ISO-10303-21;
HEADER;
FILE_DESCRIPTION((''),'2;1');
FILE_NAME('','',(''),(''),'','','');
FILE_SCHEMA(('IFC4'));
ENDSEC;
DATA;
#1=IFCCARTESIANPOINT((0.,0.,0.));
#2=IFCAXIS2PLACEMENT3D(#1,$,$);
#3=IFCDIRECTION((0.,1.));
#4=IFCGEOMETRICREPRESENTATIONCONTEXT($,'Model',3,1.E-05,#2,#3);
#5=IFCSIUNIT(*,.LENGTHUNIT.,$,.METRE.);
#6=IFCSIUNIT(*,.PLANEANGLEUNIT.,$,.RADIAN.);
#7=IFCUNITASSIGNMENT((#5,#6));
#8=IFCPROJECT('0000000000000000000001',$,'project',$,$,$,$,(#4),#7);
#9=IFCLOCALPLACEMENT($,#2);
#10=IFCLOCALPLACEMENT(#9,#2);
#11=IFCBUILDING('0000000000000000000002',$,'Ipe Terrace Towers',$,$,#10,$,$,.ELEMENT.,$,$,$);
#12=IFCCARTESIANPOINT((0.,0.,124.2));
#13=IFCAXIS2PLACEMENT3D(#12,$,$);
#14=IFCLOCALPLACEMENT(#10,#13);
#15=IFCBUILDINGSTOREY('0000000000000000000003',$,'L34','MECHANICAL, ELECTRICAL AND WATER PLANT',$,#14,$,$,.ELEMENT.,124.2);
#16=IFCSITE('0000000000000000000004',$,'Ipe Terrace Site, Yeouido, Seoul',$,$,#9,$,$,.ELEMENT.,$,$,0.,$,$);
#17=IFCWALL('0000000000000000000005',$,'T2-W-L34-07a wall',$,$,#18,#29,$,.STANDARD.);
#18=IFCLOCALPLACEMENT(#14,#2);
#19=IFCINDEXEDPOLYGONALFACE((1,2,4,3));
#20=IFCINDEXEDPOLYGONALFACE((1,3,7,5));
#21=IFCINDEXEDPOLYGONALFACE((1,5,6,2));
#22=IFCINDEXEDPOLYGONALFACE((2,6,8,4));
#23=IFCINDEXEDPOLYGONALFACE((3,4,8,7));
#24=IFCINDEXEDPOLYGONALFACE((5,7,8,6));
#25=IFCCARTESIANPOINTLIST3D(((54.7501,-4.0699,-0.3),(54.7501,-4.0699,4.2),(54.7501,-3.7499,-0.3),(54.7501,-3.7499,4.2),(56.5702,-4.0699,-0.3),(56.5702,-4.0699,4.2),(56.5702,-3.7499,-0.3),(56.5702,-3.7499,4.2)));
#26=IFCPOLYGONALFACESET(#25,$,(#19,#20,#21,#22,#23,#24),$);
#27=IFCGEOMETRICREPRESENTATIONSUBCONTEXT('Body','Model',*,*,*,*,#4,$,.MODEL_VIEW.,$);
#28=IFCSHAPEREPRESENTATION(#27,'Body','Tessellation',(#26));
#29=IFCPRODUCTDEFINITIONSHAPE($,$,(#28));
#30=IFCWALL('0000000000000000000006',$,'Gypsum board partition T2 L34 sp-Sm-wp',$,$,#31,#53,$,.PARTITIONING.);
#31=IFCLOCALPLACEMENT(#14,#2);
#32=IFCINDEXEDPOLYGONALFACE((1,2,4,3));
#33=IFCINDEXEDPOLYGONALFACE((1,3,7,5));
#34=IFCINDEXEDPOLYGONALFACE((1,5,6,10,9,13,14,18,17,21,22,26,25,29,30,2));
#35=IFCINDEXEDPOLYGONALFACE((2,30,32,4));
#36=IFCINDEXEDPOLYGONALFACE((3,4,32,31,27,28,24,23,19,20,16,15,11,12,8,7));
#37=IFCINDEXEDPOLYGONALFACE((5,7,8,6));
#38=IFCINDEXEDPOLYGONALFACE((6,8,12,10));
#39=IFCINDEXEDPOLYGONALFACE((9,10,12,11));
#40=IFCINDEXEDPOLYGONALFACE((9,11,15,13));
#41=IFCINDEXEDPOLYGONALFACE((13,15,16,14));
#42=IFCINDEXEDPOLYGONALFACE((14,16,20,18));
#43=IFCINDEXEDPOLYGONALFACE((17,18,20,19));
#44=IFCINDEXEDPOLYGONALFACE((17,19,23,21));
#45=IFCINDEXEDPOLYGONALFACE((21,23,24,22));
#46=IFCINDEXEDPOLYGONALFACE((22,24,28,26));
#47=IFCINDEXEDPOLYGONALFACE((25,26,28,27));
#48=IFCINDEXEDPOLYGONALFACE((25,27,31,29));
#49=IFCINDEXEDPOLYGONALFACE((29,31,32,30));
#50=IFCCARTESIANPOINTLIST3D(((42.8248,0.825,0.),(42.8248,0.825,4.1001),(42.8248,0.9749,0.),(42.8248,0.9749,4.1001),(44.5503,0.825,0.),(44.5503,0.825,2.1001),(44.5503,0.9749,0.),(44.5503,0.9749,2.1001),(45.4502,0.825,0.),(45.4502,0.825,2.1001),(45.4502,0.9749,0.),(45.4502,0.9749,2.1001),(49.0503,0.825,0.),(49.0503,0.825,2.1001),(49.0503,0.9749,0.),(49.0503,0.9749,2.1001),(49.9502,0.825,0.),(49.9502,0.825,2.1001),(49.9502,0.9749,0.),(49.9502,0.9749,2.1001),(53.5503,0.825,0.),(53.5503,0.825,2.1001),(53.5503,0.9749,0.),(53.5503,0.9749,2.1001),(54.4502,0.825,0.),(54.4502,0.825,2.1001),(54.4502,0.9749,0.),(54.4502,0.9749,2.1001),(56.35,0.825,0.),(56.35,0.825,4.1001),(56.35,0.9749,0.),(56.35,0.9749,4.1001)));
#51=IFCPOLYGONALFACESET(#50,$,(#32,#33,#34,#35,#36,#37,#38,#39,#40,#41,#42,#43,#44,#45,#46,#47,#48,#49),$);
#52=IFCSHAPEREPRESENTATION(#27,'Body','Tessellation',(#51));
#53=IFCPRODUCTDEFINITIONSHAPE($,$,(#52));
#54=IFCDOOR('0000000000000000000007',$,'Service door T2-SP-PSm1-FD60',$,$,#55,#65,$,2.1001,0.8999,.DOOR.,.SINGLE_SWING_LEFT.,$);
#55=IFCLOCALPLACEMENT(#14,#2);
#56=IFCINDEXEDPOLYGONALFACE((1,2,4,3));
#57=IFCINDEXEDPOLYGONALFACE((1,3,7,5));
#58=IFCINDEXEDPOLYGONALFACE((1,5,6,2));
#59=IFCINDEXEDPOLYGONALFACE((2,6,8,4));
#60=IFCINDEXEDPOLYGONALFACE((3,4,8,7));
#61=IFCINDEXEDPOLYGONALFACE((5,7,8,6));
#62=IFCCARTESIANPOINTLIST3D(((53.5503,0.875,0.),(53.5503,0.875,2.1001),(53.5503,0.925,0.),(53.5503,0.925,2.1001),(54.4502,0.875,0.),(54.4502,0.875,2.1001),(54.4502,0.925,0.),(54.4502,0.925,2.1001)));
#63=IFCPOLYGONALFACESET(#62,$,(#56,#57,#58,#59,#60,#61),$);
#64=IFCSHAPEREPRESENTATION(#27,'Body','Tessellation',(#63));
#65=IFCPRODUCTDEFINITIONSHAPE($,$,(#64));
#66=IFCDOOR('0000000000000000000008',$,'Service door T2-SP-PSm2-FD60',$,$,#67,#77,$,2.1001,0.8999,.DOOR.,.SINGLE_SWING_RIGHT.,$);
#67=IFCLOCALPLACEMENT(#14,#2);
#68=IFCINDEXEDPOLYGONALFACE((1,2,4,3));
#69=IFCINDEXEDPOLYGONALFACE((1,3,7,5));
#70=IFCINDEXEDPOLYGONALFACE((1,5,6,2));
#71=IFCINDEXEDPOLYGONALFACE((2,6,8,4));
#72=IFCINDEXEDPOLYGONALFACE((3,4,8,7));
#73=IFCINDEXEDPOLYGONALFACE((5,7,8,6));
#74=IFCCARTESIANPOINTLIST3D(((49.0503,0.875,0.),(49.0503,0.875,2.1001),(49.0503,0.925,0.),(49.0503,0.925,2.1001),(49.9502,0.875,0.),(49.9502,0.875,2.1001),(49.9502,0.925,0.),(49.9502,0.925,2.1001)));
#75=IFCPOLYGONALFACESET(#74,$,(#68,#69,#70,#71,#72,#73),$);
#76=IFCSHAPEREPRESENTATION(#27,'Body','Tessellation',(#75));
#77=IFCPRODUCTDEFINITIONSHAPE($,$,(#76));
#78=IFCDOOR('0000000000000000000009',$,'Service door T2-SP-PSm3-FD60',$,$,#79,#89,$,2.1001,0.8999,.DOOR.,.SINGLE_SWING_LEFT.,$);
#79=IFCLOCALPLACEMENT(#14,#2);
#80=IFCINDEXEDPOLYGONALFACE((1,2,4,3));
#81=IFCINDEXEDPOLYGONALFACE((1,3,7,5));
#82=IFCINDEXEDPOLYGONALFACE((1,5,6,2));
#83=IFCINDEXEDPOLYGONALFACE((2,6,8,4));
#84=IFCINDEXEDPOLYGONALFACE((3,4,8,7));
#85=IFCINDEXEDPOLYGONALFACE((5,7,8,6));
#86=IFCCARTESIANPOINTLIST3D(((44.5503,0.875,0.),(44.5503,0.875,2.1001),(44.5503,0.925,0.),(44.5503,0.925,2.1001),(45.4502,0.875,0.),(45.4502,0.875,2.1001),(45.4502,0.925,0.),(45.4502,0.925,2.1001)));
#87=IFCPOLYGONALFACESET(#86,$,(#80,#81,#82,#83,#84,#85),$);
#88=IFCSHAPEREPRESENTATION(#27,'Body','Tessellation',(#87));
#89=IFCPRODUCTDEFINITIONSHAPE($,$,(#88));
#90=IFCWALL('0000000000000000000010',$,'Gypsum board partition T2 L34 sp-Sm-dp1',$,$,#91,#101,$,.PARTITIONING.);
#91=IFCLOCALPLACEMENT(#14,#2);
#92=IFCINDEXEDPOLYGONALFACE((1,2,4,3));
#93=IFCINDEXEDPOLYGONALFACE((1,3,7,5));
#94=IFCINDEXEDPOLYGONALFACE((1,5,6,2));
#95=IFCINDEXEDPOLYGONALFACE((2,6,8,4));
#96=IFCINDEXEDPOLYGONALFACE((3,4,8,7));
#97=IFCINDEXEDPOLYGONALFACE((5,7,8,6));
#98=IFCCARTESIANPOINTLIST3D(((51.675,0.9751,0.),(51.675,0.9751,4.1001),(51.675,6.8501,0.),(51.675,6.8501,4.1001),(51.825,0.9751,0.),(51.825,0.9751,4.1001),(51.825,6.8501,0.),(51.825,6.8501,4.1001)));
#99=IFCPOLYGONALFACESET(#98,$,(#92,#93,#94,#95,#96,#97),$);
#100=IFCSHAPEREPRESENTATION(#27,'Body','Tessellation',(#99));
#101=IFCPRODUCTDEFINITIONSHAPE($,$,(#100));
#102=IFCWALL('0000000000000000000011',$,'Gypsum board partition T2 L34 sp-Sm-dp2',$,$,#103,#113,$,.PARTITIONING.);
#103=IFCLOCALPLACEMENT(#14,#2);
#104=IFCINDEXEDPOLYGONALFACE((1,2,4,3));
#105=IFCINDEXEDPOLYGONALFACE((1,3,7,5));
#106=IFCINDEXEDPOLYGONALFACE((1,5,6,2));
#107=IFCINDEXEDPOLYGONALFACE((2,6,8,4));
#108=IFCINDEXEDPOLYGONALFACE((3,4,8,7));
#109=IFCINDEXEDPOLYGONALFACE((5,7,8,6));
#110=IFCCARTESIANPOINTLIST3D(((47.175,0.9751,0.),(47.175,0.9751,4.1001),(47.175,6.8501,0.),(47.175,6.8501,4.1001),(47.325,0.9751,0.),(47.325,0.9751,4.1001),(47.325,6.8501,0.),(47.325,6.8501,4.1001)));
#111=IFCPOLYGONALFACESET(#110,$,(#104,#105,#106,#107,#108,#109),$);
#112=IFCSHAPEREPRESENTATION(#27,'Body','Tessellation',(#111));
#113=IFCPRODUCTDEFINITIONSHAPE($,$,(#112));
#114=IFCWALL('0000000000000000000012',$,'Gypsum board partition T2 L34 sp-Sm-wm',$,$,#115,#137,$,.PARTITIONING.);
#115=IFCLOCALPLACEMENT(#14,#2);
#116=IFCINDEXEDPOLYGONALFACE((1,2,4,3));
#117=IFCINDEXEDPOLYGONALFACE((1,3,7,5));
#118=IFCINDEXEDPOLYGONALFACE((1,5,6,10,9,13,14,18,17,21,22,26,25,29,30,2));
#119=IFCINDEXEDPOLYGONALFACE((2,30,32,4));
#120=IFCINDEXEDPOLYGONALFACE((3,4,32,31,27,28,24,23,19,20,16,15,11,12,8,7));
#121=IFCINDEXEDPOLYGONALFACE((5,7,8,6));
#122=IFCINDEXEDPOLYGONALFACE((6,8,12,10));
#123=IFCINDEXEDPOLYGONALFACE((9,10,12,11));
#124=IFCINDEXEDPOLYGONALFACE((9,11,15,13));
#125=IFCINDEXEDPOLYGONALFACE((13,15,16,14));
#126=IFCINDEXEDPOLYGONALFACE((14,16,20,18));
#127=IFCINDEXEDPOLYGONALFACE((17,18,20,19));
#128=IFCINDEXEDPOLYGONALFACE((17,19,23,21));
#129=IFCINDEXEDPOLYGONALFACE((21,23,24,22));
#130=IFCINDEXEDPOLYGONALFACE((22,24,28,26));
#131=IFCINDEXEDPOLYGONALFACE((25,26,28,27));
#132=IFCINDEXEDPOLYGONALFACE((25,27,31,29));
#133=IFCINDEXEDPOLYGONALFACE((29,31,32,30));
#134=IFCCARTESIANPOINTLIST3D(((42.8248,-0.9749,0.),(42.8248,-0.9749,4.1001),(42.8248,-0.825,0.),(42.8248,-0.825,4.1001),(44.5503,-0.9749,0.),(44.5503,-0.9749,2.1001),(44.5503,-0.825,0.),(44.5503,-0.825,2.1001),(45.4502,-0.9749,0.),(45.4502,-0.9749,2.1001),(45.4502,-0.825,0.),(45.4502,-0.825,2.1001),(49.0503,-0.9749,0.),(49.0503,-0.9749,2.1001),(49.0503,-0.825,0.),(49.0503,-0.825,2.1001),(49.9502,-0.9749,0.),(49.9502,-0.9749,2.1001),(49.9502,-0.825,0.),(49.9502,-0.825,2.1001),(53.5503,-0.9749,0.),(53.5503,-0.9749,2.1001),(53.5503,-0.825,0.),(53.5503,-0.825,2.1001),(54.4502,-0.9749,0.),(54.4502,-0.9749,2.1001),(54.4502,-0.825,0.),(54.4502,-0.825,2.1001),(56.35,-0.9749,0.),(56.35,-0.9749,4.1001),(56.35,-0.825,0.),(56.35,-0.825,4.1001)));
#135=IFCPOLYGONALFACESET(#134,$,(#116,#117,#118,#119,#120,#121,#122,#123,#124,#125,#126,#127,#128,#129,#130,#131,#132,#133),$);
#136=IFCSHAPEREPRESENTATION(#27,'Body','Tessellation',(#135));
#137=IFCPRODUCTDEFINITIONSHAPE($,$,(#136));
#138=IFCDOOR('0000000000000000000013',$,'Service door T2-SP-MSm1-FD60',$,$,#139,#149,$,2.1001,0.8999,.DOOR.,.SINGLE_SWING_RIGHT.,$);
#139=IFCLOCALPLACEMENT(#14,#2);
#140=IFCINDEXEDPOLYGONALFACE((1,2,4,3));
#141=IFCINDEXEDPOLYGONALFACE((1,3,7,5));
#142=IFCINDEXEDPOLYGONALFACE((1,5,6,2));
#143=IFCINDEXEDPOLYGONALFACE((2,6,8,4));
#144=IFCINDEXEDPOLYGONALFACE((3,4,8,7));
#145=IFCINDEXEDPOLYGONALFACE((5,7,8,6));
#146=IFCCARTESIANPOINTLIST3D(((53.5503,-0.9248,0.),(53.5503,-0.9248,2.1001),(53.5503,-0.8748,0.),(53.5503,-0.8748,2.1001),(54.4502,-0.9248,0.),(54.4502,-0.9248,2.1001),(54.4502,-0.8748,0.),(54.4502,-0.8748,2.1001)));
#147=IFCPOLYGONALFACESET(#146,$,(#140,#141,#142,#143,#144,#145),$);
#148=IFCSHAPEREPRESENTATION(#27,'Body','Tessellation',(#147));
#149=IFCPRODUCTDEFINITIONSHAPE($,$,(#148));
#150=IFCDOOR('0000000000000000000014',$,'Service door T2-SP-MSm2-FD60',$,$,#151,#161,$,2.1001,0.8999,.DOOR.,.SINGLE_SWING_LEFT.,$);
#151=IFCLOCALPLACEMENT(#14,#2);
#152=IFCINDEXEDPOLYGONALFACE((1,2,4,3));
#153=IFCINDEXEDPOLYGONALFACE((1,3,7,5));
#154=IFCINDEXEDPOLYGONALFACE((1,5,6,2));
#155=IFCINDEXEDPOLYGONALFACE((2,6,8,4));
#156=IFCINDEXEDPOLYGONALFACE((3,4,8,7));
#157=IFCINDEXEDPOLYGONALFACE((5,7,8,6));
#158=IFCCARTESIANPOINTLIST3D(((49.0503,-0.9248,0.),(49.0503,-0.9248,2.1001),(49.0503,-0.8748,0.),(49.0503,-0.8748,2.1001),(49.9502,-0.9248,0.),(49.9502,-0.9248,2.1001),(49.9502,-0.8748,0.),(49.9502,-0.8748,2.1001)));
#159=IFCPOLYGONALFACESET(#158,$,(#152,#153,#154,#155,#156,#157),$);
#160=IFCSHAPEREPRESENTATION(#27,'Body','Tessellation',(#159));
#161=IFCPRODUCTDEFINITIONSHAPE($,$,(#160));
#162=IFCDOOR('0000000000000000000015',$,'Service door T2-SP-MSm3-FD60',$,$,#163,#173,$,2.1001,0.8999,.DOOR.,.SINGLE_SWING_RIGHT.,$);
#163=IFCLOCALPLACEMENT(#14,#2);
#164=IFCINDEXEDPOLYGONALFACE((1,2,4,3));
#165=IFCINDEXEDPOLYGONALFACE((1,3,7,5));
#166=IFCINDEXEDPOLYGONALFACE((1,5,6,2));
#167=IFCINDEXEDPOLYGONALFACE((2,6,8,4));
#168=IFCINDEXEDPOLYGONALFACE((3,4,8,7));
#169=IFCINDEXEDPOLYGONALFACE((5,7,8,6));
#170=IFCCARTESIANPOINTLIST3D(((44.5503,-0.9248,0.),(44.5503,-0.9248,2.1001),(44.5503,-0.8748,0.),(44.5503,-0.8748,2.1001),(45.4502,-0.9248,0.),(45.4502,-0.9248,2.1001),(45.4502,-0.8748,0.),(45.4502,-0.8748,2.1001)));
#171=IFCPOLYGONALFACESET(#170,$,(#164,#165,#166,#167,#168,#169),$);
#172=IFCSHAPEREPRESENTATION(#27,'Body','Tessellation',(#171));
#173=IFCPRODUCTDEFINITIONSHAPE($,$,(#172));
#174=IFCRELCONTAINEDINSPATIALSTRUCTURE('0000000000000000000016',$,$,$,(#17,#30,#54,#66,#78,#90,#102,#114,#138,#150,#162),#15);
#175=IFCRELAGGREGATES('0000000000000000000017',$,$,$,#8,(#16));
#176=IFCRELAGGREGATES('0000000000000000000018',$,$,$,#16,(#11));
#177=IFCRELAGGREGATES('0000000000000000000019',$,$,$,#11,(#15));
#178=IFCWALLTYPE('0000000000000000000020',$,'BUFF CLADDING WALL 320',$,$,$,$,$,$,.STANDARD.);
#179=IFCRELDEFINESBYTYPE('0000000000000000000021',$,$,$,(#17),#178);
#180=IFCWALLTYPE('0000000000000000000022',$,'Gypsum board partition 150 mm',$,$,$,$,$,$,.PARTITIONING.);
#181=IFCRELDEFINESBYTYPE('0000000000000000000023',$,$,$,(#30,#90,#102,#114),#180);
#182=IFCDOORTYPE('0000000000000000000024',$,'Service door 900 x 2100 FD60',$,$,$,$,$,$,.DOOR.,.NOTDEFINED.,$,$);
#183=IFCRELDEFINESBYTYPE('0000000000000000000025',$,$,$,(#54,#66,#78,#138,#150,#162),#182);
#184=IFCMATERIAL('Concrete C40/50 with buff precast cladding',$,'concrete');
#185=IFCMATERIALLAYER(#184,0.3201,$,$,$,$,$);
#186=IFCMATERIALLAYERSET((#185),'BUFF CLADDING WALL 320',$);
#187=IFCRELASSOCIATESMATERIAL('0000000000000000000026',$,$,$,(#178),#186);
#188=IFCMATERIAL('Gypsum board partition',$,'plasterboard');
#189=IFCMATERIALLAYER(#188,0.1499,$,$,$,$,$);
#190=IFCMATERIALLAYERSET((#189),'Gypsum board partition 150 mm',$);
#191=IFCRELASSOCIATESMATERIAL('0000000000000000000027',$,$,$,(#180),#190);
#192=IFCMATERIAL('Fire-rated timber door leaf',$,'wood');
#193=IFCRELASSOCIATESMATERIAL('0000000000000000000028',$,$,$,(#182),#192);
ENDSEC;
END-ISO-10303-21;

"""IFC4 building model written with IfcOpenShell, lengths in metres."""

from ifc_helpers import new_model, si_unit, direction, frame, frame_2d, origin, place, context, subcontext, project, spatial, rectangle, extrude, material, layer, layer_set, type_object, element, fill, save


model = new_model("IFC4")

# Units and contexts
model_context = context("Model", 3, precision=1e-05, world=origin(), true_north=direction((0.0, 1.0)))
body_context = subcontext(model_context, "Body", "Model", "MODEL_VIEW")
ifc_project = project(units=[si_unit("LENGTHUNIT", "METRE"), si_unit("PLANEANGLEUNIT", "RADIAN")], contexts=[model_context])

# Site, building, storey
site_placement = place(None, origin())
site = spatial("IfcSite", under=ifc_project, at=site_placement, Name="Ipe Terrace Site, Yeouido, Seoul", CompositionType="ELEMENT", RefElevation=0.0)
building_placement = place(site_placement, origin())
building = spatial("IfcBuilding", under=site, at=building_placement, Name="Ipe Terrace Towers", CompositionType="ELEMENT")
storey_placement = place(building_placement, frame((0.0, 0.0, 124.2)))
storey = spatial("IfcBuildingStorey", under=building, at=storey_placement, Name="L34", Description="MECHANICAL, ELECTRICAL AND WATER PLANT", CompositionType="ELEMENT", Elevation=124.2)

# Wall
ifc_material_1 = material(Name="Concrete C40/50 with buff precast cladding", Category="concrete")
ifc_layer_1 = layer(ifc_material_1, 0.3201)
ifc_layer_set_1 = layer_set([ifc_layer_1], Name="BUFF CLADDING WALL 320")
wall_type_1 = type_object("IfcWallType", Name="BUFF CLADDING WALL 320", PredefinedType="STANDARD", material=ifc_layer_set_1)
wall_1_placement = place(storey_placement, frame((54.75, -3.9099, -0.3), z_axis=(0.0, 0.0, 1.0), x_axis=(1.0, 0.0, 0.0)))
element("IfcWall", 1, at=wall_1_placement, inside=storey, type_object=wall_type_1, Name="T2-W-L34-07a wall", PredefinedType="STANDARD", context=body_context, shape_type="SweptSolid", body=[
    extrude(rectangle(XDim=1.8201, YDim=0.3201, at=frame_2d((0.9102, 0.0))), origin(), (0.0, 0.0, 1.0), 4.5),
])

# Wall, openings, doors
ifc_material_2 = material(Name="Gypsum board partition", Category="plasterboard")
ifc_layer_2 = layer(ifc_material_2, 0.1499)
ifc_layer_set_2 = layer_set([ifc_layer_2], Name="Gypsum board partition 150 mm")
wall_type_2 = type_object("IfcWallType", Name="Gypsum board partition 150 mm", PredefinedType="PARTITIONING", material=ifc_layer_set_2)
wall_2_placement = place(storey_placement, frame((56.3501, 0.8999, 0.0), z_axis=(0.0, 0.0, 1.0), x_axis=(-1.0, 0.0, 0.0)))
wall_2 = element("IfcWall", 2, at=wall_2_placement, inside=storey, type_object=wall_type_2, Name="Gypsum board partition T2 L34 sp-Sm-wp", PredefinedType="PARTITIONING", context=body_context, shape_type="SweptSolid", body=[
    extrude(rectangle(XDim=13.5251, YDim=0.1499, at=frame_2d((6.7627, 0.0))), origin(), (0.0, 0.0, 1.0), 4.1001),
])
opening_1_placement = place(wall_2_placement, frame((1.8999, 0.0, 0.0)))
opening_1 = element("IfcOpeningElement", 3, at=opening_1_placement, cuts=wall_2, PredefinedType="OPENING", context=body_context, shape_type="SweptSolid", body=[
    extrude(rectangle(XDim=0.8999, YDim=2.1001, at=frame_2d((0.45, 1.05))), frame((0.0, 0.085, 0.0), z_axis=(0.0, -1.0, 0.0), x_axis=(1.0, 0.0, 0.0)), (0.0, 0.0, 1.0), 0.1699),
])
opening_2_placement = place(wall_2_placement, frame((6.3999, 0.0, 0.0)))
opening_2 = element("IfcOpeningElement", 4, at=opening_2_placement, cuts=wall_2, PredefinedType="OPENING", context=body_context, shape_type="SweptSolid", body=[
    extrude(rectangle(XDim=0.8999, YDim=2.1001, at=frame_2d((0.45, 1.05))), frame((0.0, 0.085, 0.0), z_axis=(0.0, -1.0, 0.0), x_axis=(1.0, 0.0, 0.0)), (0.0, 0.0, 1.0), 0.1699),
])
opening_3_placement = place(wall_2_placement, frame((10.8999, 0.0, 0.0)))
opening_3 = element("IfcOpeningElement", 5, at=opening_3_placement, cuts=wall_2, PredefinedType="OPENING", context=body_context, shape_type="SweptSolid", body=[
    extrude(rectangle(XDim=0.8999, YDim=2.1001, at=frame_2d((0.45, 1.05))), frame((0.0, 0.085, 0.0), z_axis=(0.0, -1.0, 0.0), x_axis=(1.0, 0.0, 0.0)), (0.0, 0.0, 1.0), 0.1699),
])
ifc_material_3 = material(Name="Fire-rated timber door leaf", Category="wood")
door_type = type_object("IfcDoorType", Name="Service door 900 x 2100 FD60", OperationType="NOTDEFINED", PredefinedType="DOOR", material=ifc_material_3)
door_1_placement = place(opening_1_placement, origin())
door_1 = element("IfcDoor", 6, at=door_1_placement, inside=storey, type_object=door_type, Name="Service door T2-SP-PSm1-FD60", OperationType="SINGLE_SWING_LEFT", OverallHeight=2.1001, OverallWidth=0.8999, PredefinedType="DOOR", context=body_context, shape_type="SweptSolid", body=[
    extrude(rectangle(XDim=0.8999, YDim=2.1001, at=frame_2d((0.45, 1.05))), frame((0.0, 0.0249, 0.0), z_axis=(0.0, -1.0, 0.0), x_axis=(1.0, 0.0, 0.0)), (0.0, 0.0, 1.0), 0.05),
])
fill(opening_1, door_1)
door_2_placement = place(opening_2_placement, origin())
door_2 = element("IfcDoor", 7, at=door_2_placement, inside=storey, type_object=door_type, Name="Service door T2-SP-PSm2-FD60", OperationType="SINGLE_SWING_RIGHT", OverallHeight=2.1001, OverallWidth=0.8999, PredefinedType="DOOR", context=body_context, shape_type="SweptSolid", body=[
    extrude(rectangle(XDim=0.8999, YDim=2.1001, at=frame_2d((0.45, 1.05))), frame((0.0, 0.0249, 0.0), z_axis=(0.0, -1.0, 0.0), x_axis=(1.0, 0.0, 0.0)), (0.0, 0.0, 1.0), 0.05),
])
fill(opening_2, door_2)
door_3_placement = place(opening_3_placement, origin())
door_3 = element("IfcDoor", 8, at=door_3_placement, inside=storey, type_object=door_type, Name="Service door T2-SP-PSm3-FD60", OperationType="SINGLE_SWING_LEFT", OverallHeight=2.1001, OverallWidth=0.8999, PredefinedType="DOOR", context=body_context, shape_type="SweptSolid", body=[
    extrude(rectangle(XDim=0.8999, YDim=2.1001, at=frame_2d((0.45, 1.05))), frame((0.0, 0.0249, 0.0), z_axis=(0.0, -1.0, 0.0), x_axis=(1.0, 0.0, 0.0)), (0.0, 0.0, 1.0), 0.05),
])
fill(opening_3, door_3)

# Walls
for number, where, z_axis, x_axis, name in (
    (9, (51.75, 0.9751, 0.0), (0.0, 0.0, 1.0), (0.0, 1.0, 0.0), "Gypsum board partition T2 L34 sp-Sm-dp1"),
    (10, (47.25, 0.9751, 0.0), (0.0, 0.0, 1.0), (0.0, 1.0, 0.0), "Gypsum board partition T2 L34 sp-Sm-dp2"),
):
    element("IfcWall", number, at=place(storey_placement, frame(where, z_axis=z_axis, x_axis=x_axis)), inside=storey, type_object=wall_type_2, Name=name, PredefinedType="PARTITIONING", context=body_context, shape_type="SweptSolid", body=[
        extrude(rectangle(XDim=5.875, YDim=0.1499, at=frame_2d((2.9375, 0.0))), origin(), (0.0, 0.0, 1.0), 4.1001),
    ])

# Wall, openings, doors
wall_3_placement = place(storey_placement, frame((56.3501, -0.8999, 0.0), z_axis=(0.0, 0.0, 1.0), x_axis=(-1.0, 0.0, 0.0)))
wall_3 = element("IfcWall", 11, at=wall_3_placement, inside=storey, type_object=wall_type_2, Name="Gypsum board partition T2 L34 sp-Sm-wm", PredefinedType="PARTITIONING", context=body_context, shape_type="SweptSolid", body=[
    extrude(rectangle(XDim=13.5251, YDim=0.1499, at=frame_2d((6.7627, 0.0))), origin(), (0.0, 0.0, 1.0), 4.1001),
])
opening_4_placement = place(wall_3_placement, frame((1.8999, 0.0, 0.0)))
opening_4 = element("IfcOpeningElement", 12, at=opening_4_placement, cuts=wall_3, PredefinedType="OPENING", context=body_context, shape_type="SweptSolid", body=[
    extrude(rectangle(XDim=0.8999, YDim=2.1001, at=frame_2d((0.45, 1.05))), frame((0.0, 0.085, 0.0), z_axis=(0.0, -1.0, 0.0), x_axis=(1.0, 0.0, 0.0)), (0.0, 0.0, 1.0), 0.1699),
])
opening_5_placement = place(wall_3_placement, frame((6.3999, 0.0, 0.0)))
opening_5 = element("IfcOpeningElement", 13, at=opening_5_placement, cuts=wall_3, PredefinedType="OPENING", context=body_context, shape_type="SweptSolid", body=[
    extrude(rectangle(XDim=0.8999, YDim=2.1001, at=frame_2d((0.45, 1.05))), frame((0.0, 0.085, 0.0), z_axis=(0.0, -1.0, 0.0), x_axis=(1.0, 0.0, 0.0)), (0.0, 0.0, 1.0), 0.1699),
])
opening_6_placement = place(wall_3_placement, frame((10.8999, 0.0, 0.0)))
opening_6 = element("IfcOpeningElement", 14, at=opening_6_placement, cuts=wall_3, PredefinedType="OPENING", context=body_context, shape_type="SweptSolid", body=[
    extrude(rectangle(XDim=0.8999, YDim=2.1001, at=frame_2d((0.45, 1.05))), frame((0.0, 0.085, 0.0), z_axis=(0.0, -1.0, 0.0), x_axis=(1.0, 0.0, 0.0)), (0.0, 0.0, 1.0), 0.1699),
])
door_4_placement = place(opening_4_placement, origin())
door_4 = element("IfcDoor", 15, at=door_4_placement, inside=storey, type_object=door_type, Name="Service door T2-SP-MSm1-FD60", OperationType="SINGLE_SWING_RIGHT", OverallHeight=2.1001, OverallWidth=0.8999, PredefinedType="DOOR", context=body_context, shape_type="SweptSolid", body=[
    extrude(rectangle(XDim=0.8999, YDim=2.1001, at=frame_2d((0.45, 1.05))), frame((0.0, 0.0249, 0.0), z_axis=(0.0, -1.0, 0.0), x_axis=(1.0, 0.0, 0.0)), (0.0, 0.0, 1.0), 0.05),
])
fill(opening_4, door_4)
door_5_placement = place(opening_5_placement, origin())
door_5 = element("IfcDoor", 16, at=door_5_placement, inside=storey, type_object=door_type, Name="Service door T2-SP-MSm2-FD60", OperationType="SINGLE_SWING_LEFT", OverallHeight=2.1001, OverallWidth=0.8999, PredefinedType="DOOR", context=body_context, shape_type="SweptSolid", body=[
    extrude(rectangle(XDim=0.8999, YDim=2.1001, at=frame_2d((0.45, 1.05))), frame((0.0, 0.0249, 0.0), z_axis=(0.0, -1.0, 0.0), x_axis=(1.0, 0.0, 0.0)), (0.0, 0.0, 1.0), 0.05),
])
fill(opening_5, door_5)
door_6_placement = place(opening_6_placement, origin())
door_6 = element("IfcDoor", 17, at=door_6_placement, inside=storey, type_object=door_type, Name="Service door T2-SP-MSm3-FD60", OperationType="SINGLE_SWING_RIGHT", OverallHeight=2.1001, OverallWidth=0.8999, PredefinedType="DOOR", context=body_context, shape_type="SweptSolid", body=[
    extrude(rectangle(XDim=0.8999, YDim=2.1001, at=frame_2d((0.45, 1.05))), frame((0.0, 0.0249, 0.0), z_axis=(0.0, -1.0, 0.0), x_axis=(1.0, 0.0, 0.0)), (0.0, 0.0, 1.0), 0.05),
])
fill(opening_6, door_6)

save(model, "model.ifc")
